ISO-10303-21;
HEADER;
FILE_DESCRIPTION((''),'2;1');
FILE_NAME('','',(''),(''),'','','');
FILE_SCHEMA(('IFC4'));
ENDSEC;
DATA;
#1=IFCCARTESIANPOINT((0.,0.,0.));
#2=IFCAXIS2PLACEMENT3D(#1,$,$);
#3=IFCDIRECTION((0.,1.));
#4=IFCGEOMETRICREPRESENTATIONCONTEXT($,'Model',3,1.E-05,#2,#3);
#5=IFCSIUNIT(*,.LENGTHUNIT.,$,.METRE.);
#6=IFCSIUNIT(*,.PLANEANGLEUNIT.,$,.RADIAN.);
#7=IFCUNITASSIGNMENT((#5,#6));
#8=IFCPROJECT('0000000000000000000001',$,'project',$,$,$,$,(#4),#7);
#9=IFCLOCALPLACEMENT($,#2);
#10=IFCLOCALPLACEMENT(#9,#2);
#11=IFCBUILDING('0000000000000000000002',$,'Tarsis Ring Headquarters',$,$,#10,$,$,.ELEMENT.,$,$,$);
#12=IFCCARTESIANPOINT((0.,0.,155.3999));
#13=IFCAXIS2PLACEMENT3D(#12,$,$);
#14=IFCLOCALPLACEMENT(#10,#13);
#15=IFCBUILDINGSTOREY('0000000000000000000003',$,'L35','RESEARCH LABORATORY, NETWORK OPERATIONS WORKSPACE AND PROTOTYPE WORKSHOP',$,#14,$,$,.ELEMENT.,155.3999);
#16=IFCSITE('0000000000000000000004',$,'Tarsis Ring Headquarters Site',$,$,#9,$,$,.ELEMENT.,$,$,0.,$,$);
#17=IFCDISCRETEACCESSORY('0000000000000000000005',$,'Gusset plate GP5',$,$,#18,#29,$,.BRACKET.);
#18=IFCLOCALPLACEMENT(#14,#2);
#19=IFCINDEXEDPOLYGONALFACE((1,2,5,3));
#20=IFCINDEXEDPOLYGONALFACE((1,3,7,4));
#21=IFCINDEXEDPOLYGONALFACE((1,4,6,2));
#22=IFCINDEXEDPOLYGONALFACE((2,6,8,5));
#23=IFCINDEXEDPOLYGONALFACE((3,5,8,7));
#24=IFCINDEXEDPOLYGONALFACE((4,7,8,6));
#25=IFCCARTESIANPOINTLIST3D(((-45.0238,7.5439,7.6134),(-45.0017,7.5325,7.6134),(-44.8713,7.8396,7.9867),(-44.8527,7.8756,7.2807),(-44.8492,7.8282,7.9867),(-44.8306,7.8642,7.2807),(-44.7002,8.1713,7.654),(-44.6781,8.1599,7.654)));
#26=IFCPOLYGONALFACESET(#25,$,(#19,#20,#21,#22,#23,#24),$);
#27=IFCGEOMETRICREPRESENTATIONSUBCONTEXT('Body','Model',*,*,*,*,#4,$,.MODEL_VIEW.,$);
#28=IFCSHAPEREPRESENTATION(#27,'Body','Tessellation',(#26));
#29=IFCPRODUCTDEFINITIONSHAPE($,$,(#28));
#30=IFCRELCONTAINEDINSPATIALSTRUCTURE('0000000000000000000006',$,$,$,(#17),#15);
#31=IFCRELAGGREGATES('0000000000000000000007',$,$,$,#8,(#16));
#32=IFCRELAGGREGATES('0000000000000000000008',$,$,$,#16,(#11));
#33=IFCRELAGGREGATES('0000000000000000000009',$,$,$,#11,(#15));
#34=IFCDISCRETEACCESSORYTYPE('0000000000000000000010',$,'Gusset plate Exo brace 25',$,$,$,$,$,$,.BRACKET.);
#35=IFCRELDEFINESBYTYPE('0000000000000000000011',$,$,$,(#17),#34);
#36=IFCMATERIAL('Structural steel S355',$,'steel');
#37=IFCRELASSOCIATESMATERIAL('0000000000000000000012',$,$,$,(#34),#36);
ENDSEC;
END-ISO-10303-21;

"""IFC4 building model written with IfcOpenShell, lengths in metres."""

from ifc_helpers import new_model, si_unit, direction, frame, origin, origin_2d, place, context, subcontext, project, spatial, rectangle, extrude, material, material_profile, profile_set, type_object, element, save


model = new_model("IFC4")

# Units and contexts
model_context = context("Model", 3, precision=1e-05, world=origin(), true_north=direction((0.0, 1.0)))
body_context = subcontext(model_context, "Body", "Model", "MODEL_VIEW")
ifc_project = project(units=[si_unit("LENGTHUNIT", "METRE"), si_unit("PLANEANGLEUNIT", "RADIAN")], contexts=[model_context])

# Site, building, storey
site_placement = place(None, origin())
site = spatial("IfcSite", under=ifc_project, at=site_placement, Name="Tarsis Ring Headquarters Site", CompositionType="ELEMENT", RefElevation=0.0)
building_placement = place(site_placement, origin())
building = spatial("IfcBuilding", under=site, at=building_placement, Name="Tarsis Ring Headquarters", CompositionType="ELEMENT")
storey_placement = place(building_placement, frame((0.0, 0.0, 155.3999)))
storey = spatial("IfcBuildingStorey", under=building, at=storey_placement, Name="L35", Description="RESEARCH LABORATORY, NETWORK OPERATIONS WORKSPACE AND PROTOTYPE WORKSHOP", CompositionType="ELEMENT", Elevation=155.3999)

# Shared definitions
ifc_material_1 = material(Name="Structural steel S355", Category="steel")

# Discrete accessory
ifc_material_profile_1 = material_profile(ifc_material_1, rectangle(XDim=0.0249, YDim=0.5, at=origin_2d()), Name="PL 25x500")
ifc_profile_set_1 = profile_set([ifc_material_profile_1], Name="Structural steel S355")
discrete_accessory_type = type_object("IfcDiscreteAccessoryType", Name="Gusset plate Exo brace 25", PredefinedType="BRACKET", material=ifc_profile_set_1)
discrete_accessory_placement = place(storey_placement, frame((-44.9365, 7.686, 7.8), z_axis=(0.342214, 0.663436, -0.665389), x_axis=(-0.888732, 0.458426, 0.0)))
element("IfcDiscreteAccessory", 1, at=discrete_accessory_placement, inside=storey, type_object=discrete_accessory_type, Name="Gusset plate GP5", PredefinedType="BRACKET", context=body_context, shape_type="SweptSolid", body=[
    extrude(rectangle(XDim=0.0249, YDim=0.5, at=origin_2d()), origin(), (0.0, 0.0, 1.0), 0.5),
])

save(model, "model.ifc")
